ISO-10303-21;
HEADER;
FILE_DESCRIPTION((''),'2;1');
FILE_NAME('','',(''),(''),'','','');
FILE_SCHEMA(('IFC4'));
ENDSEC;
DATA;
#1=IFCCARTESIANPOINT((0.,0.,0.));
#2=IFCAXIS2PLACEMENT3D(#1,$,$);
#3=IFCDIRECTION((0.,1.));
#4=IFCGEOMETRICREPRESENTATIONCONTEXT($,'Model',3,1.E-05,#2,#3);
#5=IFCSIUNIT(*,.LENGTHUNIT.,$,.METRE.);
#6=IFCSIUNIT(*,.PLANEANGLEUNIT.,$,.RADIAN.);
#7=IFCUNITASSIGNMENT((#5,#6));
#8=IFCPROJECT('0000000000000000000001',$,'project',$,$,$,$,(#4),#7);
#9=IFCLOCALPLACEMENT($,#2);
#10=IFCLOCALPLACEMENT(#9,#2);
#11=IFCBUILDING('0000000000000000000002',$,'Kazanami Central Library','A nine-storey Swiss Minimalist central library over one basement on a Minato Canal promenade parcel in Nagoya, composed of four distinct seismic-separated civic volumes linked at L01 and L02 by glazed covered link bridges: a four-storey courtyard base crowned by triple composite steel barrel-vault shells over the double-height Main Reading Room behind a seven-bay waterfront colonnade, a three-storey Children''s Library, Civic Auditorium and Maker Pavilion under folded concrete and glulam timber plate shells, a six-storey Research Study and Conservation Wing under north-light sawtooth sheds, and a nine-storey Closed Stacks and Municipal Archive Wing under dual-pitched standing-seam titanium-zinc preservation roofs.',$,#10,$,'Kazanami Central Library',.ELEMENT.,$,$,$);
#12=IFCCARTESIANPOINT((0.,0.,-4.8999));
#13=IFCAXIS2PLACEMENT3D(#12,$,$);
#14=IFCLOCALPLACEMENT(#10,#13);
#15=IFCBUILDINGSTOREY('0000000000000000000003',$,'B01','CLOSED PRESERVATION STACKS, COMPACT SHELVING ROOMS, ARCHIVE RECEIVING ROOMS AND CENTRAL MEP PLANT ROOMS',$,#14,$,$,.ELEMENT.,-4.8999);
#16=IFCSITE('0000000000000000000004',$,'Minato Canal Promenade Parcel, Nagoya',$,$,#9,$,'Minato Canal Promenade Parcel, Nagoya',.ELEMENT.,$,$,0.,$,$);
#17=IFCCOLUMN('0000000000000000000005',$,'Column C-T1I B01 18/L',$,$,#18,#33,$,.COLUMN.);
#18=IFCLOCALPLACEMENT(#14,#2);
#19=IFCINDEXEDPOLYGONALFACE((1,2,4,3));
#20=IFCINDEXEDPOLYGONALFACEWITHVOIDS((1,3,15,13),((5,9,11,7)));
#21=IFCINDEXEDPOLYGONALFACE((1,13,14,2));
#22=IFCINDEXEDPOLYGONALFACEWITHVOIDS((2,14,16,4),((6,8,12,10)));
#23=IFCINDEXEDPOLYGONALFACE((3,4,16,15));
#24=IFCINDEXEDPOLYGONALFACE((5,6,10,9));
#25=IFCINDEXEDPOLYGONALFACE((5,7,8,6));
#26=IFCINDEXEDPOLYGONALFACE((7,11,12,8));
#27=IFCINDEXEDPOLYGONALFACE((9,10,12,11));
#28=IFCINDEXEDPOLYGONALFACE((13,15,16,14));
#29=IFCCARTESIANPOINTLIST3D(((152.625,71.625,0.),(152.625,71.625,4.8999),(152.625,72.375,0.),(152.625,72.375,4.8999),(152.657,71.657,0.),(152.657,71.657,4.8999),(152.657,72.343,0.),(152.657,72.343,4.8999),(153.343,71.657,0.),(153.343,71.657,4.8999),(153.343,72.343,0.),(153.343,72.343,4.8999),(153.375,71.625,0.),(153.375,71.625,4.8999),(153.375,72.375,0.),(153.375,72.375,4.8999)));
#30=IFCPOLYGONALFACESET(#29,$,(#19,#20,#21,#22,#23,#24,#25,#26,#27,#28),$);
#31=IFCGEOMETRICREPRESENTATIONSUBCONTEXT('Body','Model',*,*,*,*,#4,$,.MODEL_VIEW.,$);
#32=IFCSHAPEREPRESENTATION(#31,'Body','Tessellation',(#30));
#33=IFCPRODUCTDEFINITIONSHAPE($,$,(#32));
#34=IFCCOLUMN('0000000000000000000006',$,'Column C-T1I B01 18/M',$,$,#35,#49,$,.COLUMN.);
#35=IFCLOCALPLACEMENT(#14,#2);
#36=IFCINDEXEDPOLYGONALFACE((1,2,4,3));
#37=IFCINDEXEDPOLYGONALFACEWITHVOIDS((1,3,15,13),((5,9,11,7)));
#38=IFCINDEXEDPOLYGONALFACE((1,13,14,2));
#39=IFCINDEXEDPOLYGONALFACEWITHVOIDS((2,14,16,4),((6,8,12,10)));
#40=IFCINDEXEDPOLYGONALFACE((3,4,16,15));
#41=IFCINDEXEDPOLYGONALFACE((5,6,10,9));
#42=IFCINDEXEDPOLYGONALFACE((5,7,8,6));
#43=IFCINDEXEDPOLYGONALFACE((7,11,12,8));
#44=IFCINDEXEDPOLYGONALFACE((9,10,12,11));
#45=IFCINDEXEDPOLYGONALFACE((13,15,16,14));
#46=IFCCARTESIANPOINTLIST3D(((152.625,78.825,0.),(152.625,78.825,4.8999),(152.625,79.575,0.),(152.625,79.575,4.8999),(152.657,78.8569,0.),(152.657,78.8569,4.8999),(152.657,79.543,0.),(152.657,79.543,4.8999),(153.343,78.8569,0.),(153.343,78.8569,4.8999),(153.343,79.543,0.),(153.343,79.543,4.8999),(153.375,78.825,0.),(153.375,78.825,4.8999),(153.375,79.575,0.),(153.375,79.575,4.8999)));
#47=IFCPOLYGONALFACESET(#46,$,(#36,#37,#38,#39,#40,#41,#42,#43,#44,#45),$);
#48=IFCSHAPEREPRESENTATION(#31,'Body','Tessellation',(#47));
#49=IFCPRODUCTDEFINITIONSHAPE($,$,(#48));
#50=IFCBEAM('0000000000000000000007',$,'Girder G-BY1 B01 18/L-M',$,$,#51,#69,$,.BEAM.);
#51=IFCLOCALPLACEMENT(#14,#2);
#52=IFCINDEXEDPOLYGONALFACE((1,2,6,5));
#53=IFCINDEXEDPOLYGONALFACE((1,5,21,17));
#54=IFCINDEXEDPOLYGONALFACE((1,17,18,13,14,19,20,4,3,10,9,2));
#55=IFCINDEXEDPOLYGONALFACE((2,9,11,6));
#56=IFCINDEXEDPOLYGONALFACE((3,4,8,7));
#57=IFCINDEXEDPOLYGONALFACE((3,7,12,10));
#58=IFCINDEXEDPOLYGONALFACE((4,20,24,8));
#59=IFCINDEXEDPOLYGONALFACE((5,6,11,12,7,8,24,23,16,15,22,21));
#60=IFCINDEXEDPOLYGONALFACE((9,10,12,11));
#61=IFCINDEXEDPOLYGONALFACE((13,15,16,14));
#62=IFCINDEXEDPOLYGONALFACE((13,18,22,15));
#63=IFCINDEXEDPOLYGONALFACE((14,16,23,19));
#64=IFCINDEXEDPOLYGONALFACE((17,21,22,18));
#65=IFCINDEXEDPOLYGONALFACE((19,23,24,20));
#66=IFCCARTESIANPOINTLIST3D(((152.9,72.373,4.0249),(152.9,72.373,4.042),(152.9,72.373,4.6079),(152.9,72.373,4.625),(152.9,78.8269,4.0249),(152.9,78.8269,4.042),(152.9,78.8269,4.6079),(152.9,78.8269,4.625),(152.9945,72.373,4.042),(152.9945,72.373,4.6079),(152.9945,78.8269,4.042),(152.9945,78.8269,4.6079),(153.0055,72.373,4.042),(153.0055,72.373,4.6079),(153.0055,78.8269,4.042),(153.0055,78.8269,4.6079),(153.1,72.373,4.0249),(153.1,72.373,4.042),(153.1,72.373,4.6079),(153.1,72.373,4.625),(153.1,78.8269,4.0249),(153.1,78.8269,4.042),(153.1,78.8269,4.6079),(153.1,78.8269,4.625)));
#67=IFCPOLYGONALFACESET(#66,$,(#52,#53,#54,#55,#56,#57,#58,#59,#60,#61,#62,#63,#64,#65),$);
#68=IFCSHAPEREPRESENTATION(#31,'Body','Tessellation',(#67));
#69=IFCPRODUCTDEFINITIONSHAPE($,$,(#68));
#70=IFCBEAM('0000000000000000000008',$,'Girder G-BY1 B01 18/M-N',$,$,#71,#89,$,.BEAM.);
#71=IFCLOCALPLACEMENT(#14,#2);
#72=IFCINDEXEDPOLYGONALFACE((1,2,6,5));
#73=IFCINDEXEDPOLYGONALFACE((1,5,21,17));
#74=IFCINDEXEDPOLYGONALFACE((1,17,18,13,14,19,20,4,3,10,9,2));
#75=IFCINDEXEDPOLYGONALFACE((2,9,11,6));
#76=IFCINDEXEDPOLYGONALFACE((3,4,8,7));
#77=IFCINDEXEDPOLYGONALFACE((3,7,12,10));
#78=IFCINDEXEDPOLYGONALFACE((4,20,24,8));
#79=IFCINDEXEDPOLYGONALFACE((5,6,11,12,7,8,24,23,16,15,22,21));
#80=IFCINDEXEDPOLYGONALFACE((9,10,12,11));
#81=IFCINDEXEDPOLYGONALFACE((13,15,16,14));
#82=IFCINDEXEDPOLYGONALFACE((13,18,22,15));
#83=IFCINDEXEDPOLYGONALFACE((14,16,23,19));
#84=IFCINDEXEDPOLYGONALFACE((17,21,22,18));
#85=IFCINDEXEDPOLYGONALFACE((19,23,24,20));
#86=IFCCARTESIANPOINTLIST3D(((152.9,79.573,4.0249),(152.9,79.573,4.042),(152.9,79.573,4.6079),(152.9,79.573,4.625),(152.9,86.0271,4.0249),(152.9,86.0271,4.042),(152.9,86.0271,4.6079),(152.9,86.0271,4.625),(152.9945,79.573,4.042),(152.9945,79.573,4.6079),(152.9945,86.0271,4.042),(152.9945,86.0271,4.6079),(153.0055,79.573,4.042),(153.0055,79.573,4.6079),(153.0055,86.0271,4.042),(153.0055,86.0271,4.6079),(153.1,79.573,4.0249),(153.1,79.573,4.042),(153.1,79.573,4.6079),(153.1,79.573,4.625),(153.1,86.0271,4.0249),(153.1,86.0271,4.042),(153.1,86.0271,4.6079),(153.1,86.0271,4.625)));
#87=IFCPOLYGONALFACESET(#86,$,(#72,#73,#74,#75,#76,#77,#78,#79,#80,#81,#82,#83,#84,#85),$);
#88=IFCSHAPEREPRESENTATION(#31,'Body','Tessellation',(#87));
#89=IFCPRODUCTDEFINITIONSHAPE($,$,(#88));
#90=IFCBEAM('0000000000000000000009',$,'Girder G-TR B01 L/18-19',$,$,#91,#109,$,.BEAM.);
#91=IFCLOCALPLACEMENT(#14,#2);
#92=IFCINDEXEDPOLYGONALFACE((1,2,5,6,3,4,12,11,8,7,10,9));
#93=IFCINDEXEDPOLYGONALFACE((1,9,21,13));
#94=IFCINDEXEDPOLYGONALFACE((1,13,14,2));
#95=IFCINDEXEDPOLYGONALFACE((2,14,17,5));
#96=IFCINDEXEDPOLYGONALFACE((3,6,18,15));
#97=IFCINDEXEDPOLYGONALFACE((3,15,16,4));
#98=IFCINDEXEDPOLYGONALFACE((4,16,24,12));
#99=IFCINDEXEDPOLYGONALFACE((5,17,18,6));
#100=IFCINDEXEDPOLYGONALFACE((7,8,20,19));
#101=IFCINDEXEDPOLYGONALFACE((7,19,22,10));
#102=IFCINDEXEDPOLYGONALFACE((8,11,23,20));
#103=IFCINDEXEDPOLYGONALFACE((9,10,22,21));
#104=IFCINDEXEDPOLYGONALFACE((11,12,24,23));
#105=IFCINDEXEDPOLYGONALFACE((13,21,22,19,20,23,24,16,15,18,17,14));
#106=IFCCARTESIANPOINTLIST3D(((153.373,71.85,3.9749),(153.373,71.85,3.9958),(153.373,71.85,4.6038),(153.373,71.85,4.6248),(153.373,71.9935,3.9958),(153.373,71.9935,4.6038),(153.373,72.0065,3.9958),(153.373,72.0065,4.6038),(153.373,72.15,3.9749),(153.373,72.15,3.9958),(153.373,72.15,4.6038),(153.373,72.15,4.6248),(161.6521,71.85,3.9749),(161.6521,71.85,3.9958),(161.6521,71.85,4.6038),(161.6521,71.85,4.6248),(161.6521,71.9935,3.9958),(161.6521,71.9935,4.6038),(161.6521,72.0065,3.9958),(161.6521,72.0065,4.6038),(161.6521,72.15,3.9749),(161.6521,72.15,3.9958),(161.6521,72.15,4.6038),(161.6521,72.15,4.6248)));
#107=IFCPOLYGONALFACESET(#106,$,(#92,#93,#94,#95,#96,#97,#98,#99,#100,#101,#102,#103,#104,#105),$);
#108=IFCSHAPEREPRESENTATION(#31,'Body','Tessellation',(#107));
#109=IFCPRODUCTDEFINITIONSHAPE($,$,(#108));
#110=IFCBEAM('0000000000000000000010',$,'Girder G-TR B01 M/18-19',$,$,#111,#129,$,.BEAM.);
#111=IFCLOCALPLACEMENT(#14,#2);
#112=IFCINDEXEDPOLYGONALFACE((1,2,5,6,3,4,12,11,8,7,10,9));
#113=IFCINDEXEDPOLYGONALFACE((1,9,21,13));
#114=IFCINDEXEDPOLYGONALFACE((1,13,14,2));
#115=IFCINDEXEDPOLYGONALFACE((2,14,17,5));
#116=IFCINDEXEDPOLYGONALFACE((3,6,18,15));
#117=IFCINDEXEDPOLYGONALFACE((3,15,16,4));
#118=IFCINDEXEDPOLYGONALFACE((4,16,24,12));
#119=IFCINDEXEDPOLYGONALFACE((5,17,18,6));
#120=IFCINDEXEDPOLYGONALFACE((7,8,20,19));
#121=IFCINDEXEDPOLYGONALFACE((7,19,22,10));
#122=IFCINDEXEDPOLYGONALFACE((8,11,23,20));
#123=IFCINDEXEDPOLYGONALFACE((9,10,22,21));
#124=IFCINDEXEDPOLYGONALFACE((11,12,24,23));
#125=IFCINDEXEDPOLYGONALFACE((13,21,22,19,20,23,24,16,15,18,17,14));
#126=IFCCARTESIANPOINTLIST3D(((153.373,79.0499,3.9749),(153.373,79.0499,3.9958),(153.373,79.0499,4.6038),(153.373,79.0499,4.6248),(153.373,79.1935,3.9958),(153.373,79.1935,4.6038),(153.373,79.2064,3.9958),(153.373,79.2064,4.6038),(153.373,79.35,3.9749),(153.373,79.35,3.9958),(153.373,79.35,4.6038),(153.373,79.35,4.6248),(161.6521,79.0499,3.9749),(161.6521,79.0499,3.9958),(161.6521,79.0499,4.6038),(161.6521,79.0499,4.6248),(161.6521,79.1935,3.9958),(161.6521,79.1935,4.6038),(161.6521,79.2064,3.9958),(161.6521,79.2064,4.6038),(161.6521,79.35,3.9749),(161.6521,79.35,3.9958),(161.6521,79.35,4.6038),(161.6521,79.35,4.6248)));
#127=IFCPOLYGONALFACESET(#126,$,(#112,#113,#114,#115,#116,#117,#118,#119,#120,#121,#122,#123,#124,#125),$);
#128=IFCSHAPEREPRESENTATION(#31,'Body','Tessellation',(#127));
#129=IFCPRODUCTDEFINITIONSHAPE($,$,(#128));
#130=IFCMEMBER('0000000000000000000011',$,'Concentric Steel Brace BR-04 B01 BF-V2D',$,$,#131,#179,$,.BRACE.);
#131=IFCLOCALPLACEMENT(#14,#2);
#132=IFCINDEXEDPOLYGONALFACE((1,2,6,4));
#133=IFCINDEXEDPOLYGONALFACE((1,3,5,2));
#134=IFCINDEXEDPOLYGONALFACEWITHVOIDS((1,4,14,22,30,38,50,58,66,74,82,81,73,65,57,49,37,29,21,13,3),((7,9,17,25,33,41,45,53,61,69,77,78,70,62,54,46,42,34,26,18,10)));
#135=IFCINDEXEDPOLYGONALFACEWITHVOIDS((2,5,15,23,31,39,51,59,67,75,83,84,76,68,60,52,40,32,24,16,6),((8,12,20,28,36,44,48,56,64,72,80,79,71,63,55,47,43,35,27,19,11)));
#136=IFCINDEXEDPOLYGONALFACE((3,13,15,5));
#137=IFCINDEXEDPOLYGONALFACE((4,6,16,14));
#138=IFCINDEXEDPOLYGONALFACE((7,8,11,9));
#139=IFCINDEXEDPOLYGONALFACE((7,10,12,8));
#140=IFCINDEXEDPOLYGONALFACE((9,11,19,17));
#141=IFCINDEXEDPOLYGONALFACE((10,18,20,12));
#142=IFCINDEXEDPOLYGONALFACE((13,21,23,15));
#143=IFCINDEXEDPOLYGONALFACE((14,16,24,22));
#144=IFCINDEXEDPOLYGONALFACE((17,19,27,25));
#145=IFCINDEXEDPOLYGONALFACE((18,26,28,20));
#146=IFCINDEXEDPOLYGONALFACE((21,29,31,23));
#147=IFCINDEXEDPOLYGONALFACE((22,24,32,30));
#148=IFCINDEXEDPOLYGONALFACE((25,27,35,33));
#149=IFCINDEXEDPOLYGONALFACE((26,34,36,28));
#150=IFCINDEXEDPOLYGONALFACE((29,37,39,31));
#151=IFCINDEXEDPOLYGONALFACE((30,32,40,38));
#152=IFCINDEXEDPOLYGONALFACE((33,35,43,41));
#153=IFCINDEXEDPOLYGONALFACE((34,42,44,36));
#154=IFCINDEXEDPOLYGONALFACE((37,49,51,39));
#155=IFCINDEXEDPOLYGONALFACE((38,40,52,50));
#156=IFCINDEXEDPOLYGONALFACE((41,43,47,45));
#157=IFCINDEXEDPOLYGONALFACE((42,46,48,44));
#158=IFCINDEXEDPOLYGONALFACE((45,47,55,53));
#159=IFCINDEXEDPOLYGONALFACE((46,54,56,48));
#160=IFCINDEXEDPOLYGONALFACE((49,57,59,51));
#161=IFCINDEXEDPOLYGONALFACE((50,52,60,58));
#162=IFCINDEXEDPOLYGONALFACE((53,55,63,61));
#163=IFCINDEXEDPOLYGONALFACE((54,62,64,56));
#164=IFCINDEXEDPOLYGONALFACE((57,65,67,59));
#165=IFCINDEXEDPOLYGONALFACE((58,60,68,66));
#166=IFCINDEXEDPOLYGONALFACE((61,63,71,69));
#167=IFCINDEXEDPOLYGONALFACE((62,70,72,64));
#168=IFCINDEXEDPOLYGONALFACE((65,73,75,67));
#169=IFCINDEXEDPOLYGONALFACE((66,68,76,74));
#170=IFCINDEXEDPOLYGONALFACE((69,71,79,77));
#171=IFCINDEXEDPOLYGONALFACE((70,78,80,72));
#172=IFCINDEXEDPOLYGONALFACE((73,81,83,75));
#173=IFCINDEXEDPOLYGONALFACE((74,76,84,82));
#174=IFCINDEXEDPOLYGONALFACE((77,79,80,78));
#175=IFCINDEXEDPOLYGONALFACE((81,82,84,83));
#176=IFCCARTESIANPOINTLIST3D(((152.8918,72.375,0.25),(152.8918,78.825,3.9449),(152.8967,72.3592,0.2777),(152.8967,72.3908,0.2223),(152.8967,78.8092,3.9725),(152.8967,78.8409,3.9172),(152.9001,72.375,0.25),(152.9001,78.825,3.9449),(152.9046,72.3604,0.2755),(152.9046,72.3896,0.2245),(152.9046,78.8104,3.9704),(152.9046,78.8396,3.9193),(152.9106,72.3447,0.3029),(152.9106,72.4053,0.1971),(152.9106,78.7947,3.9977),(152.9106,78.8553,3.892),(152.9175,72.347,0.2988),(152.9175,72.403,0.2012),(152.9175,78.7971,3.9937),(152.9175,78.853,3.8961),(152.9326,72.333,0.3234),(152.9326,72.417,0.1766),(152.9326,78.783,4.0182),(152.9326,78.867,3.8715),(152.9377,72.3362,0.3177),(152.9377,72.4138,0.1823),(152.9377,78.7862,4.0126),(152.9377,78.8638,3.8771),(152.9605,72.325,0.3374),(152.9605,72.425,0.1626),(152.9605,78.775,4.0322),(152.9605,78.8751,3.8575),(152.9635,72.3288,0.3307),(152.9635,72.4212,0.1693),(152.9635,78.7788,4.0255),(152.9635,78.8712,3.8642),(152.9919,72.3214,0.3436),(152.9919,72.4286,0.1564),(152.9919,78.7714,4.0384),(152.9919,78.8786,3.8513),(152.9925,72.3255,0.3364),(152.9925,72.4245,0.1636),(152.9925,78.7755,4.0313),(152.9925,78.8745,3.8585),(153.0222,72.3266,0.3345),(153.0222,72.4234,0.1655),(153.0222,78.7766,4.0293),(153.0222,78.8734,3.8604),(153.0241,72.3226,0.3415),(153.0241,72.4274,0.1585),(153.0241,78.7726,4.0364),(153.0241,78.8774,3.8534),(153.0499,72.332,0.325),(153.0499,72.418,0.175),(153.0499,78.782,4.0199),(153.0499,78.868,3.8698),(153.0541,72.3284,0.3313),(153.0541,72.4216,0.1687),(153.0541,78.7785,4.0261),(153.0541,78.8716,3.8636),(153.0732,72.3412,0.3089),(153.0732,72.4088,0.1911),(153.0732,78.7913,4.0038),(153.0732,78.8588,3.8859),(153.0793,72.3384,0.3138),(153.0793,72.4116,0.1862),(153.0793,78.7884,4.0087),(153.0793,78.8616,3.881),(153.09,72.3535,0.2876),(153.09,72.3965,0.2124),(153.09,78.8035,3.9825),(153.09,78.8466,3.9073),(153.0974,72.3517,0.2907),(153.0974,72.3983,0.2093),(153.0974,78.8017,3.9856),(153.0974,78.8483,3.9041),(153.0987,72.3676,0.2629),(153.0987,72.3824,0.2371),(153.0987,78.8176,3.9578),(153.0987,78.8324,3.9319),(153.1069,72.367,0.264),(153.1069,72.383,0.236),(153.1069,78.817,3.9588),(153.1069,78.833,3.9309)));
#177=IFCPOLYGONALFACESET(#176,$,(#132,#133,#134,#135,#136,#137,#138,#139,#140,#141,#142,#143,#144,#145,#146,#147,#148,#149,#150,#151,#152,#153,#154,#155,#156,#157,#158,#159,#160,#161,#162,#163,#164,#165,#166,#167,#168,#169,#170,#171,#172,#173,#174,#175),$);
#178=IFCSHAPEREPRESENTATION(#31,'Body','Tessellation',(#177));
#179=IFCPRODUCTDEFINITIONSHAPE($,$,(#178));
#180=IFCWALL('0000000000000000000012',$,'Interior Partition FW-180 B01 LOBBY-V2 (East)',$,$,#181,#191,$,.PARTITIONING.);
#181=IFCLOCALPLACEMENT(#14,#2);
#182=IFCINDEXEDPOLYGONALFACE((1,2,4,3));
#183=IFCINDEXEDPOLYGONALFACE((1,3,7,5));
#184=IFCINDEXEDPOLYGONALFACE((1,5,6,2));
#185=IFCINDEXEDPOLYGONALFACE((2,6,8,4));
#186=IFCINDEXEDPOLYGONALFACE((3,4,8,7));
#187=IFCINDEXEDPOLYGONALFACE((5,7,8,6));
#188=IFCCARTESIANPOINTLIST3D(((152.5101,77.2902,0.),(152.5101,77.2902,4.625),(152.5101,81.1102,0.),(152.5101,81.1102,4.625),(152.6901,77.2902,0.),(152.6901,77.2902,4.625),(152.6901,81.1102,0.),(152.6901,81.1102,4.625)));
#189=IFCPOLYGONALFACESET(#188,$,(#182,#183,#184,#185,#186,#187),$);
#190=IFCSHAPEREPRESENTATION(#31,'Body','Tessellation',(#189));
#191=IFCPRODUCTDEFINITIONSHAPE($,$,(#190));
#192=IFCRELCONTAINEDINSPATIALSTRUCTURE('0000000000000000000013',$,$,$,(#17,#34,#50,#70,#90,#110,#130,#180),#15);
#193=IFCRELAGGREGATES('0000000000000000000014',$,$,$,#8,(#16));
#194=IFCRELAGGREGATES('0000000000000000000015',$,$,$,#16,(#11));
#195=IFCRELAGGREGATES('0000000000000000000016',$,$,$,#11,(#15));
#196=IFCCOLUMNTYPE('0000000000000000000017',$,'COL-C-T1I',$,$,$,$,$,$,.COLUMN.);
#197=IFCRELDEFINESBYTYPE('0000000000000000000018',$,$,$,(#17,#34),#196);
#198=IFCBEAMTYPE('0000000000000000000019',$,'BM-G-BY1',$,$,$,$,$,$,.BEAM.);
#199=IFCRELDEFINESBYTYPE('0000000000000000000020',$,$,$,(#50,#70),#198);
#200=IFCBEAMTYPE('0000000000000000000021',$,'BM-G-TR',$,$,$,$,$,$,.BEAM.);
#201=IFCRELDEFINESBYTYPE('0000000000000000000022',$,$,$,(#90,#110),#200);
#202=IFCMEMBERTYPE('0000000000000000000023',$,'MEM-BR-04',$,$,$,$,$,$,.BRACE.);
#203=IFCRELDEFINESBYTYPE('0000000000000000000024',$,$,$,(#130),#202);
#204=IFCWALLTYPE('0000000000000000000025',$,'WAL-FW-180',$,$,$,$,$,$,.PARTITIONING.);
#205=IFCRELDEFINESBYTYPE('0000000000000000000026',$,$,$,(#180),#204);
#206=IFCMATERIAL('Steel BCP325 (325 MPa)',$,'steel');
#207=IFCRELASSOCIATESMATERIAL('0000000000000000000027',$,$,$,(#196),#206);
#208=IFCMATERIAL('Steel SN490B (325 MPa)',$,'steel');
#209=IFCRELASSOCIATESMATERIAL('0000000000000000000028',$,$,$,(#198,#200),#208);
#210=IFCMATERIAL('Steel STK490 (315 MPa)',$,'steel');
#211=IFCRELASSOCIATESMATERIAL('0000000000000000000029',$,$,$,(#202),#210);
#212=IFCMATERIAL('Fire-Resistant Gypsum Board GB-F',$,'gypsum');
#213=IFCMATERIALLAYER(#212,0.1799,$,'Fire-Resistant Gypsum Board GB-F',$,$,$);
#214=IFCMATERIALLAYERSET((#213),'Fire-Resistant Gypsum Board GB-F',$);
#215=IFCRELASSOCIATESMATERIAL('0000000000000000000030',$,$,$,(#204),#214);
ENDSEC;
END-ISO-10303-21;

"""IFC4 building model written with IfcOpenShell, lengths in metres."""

from ifc_helpers import new_model, si_unit, direction, frame, frame_2d, origin, origin_2d, place, context, subcontext, project, spatial, rectangle, hollow_rectangle, hollow_circle, i_section, extrude, material, layer, layer_set, material_profile, profile_set, type_object, element, save


model = new_model("IFC4")

# Units and contexts
model_context = context("Model", 3, precision=1e-05, world=origin(), true_north=direction((0.0, 1.0)))
body_context = subcontext(model_context, "Body", "Model", "MODEL_VIEW")
ifc_project = project(units=[si_unit("LENGTHUNIT", "METRE"), si_unit("PLANEANGLEUNIT", "RADIAN")], contexts=[model_context])

# Site, building, storey
site_placement = place(None, origin())
site = spatial("IfcSite", under=ifc_project, at=site_placement, Name="Minato Canal Promenade Parcel, Nagoya", LongName="Minato Canal Promenade Parcel, Nagoya", CompositionType="ELEMENT", RefElevation=0.0)
building_placement = place(site_placement, origin())
building = spatial("IfcBuilding", under=site, at=building_placement, Name="Kazanami Central Library", Description="A nine-storey Swiss Minimalist central library over one basement on a Minato Canal promenade parcel in Nagoya, composed of four distinct seismic-separated civic volumes linked at L01 and L02 by glazed covered link bridges: a four-storey courtyard base crowned by triple composite steel barrel-vault shells over the double-height Main Reading Room behind a seven-bay waterfront colonnade, a three-storey Children's Library, Civic Auditorium and Maker Pavilion under folded concrete and glulam timber plate shells, a six-storey Research Study and Conservation Wing under north-light sawtooth sheds, and a nine-storey Closed Stacks and Municipal Archive Wing under dual-pitched standing-seam titanium-zinc preservation roofs.", LongName="Kazanami Central Library", CompositionType="ELEMENT")
storey_placement = place(building_placement, frame((0.0, 0.0, -4.8999)))
storey = spatial("IfcBuildingStorey", under=building, at=storey_placement, Name="B01", Description="CLOSED PRESERVATION STACKS, COMPACT SHELVING ROOMS, ARCHIVE RECEIVING ROOMS AND CENTRAL MEP PLANT ROOMS", CompositionType="ELEMENT", Elevation=-4.8999)

# Columns
ifc_material_1 = material(Name="Steel BCP325 (325 MPa)", Category="steel")
ifc_material_profile_1 = material_profile(ifc_material_1, hollow_rectangle(XDim=0.75, YDim=0.75, WallThickness=0.032, at=origin_2d()), Name="BCP-750x750x32")
ifc_profile_set_1 = profile_set([ifc_material_profile_1], Name="Steel BCP325 (325 MPa)")
column_type = type_object("IfcColumnType", Name="COL-C-T1I", PredefinedType="COLUMN", material=ifc_profile_set_1)
for number, where, z_axis, x_axis, name in (
    (1, (153.0, 72.0, 0.0), (0.0, 0.0, 1.0), (1.0, 0.0, 0.0), "Column C-T1I B01 18/L"),
    (2, (153.0, 79.2, 0.0), (0.0, 0.0, 1.0), (1.0, 0.0, 0.0), "Column C-T1I B01 18/M"),
):
    element("IfcColumn", number, at=place(storey_placement, frame(where, z_axis=z_axis, x_axis=x_axis)), inside=storey, type_object=column_type, Name=name, PredefinedType="COLUMN", context=body_context, shape_type="SweptSolid", body=[
        extrude(hollow_rectangle(XDim=0.75, YDim=0.75, WallThickness=0.032, at=origin_2d()), origin(), (0.0, 0.0, 1.0), 4.8999),
    ])

# Beams
ifc_material_2 = material(Name="Steel SN490B (325 MPa)", Category="steel")
ifc_material_profile_2 = material_profile(ifc_material_2, i_section(OverallWidth=0.2, OverallDepth=0.6001, WebThickness=0.011, FlangeThickness=0.0171, at=origin_2d()), Name="H-600x200x11x17")
ifc_profile_set_2 = profile_set([ifc_material_profile_2], Name="Steel SN490B (325 MPa)")
beam_type_1 = type_object("IfcBeamType", Name="BM-G-BY1", PredefinedType="BEAM", material=ifc_profile_set_2)
beam_1_placement = place(storey_placement, frame((153.0, 72.373, 4.325), z_axis=(0.0, 1.0, 0.0), x_axis=(-1.0, 0.0, 0.0)))
element("IfcBeam", 3, at=beam_1_placement, inside=storey, type_object=beam_type_1, Name="Girder G-BY1 B01 18/L-M", PredefinedType="BEAM", context=body_context, shape_type="SweptSolid", body=[
    extrude(i_section(OverallWidth=0.2, OverallDepth=0.6001, WebThickness=0.011, FlangeThickness=0.0171, at=origin_2d()), origin(), (0.0, 0.0, 1.0), 6.4539),
])
beam_2_placement = place(storey_placement, frame((153.0, 79.573, 4.325), z_axis=(0.0, 1.0, 0.0), x_axis=(-1.0, 0.0, 0.0)))
element("IfcBeam", 4, at=beam_2_placement, inside=storey, type_object=beam_type_1, Name="Girder G-BY1 B01 18/M-N", PredefinedType="BEAM", context=body_context, shape_type="SweptSolid", body=[
    extrude(i_section(OverallWidth=0.2, OverallDepth=0.6001, WebThickness=0.011, FlangeThickness=0.0171, at=origin_2d()), origin(), (0.0, 0.0, 1.0), 6.4541),
])
ifc_material_profile_3 = material_profile(ifc_material_2, i_section(OverallWidth=0.3, OverallDepth=0.6499, WebThickness=0.0129, FlangeThickness=0.021, at=origin_2d()), Name="H-650x300x13x21")
ifc_profile_set_3 = profile_set([ifc_material_profile_3], Name="Steel SN490B (325 MPa)")
beam_type_2 = type_object("IfcBeamType", Name="BM-G-TR", PredefinedType="BEAM", material=ifc_profile_set_3)
for number, where, z_axis, x_axis, name in (
    (5, (153.373, 72.0, 4.2998), (1.0, 0.0, 0.0), (0.0, 1.0, 0.0), "Girder G-TR B01 L/18-19"),
    (6, (153.373, 79.2, 4.2998), (1.0, 0.0, 0.0), (0.0, 1.0, 0.0), "Girder G-TR B01 M/18-19"),
):
    element("IfcBeam", number, at=place(storey_placement, frame(where, z_axis=z_axis, x_axis=x_axis)), inside=storey, type_object=beam_type_2, Name=name, PredefinedType="BEAM", context=body_context, shape_type="SweptSolid", body=[
        extrude(i_section(OverallWidth=0.3, OverallDepth=0.6499, WebThickness=0.0129, FlangeThickness=0.021, at=origin_2d()), origin(), (0.0, 0.0, 1.0), 8.2791),
    ])

# Member
ifc_material_3 = material(Name="Steel STK490 (315 MPa)", Category="steel")
ifc_material_profile_4 = material_profile(ifc_material_3, hollow_circle(Radius=0.1082, WallThickness=0.0083, at=origin_2d()), Name="CHS-216.3x8.2")
ifc_profile_set_4 = profile_set([ifc_material_profile_4], Name="Steel STK490 (315 MPa)")
member_type = type_object("IfcMemberType", Name="MEM-BR-04", PredefinedType="BRACE", material=ifc_profile_set_4)
member_placement = place(storey_placement, frame((153.0, 72.375, 0.25), z_axis=(0.0, 0.867713, 0.497065), x_axis=(-1.0, 0.0, 0.0)))
element("IfcMember", 7, at=member_placement, inside=storey, type_object=member_type, Name="Concentric Steel Brace BR-04 B01 BF-V2D", PredefinedType="BRACE", context=body_context, shape_type="SweptSolid", body=[
    extrude(hollow_circle(Radius=0.1082, WallThickness=0.0083, at=origin_2d()), origin(), (0.0, 0.0, 1.0), 7.4333),
])

# Wall
ifc_material_4 = material(Name="Fire-Resistant Gypsum Board GB-F", Category="gypsum")
ifc_layer_1 = layer(ifc_material_4, 0.1799, Name="Fire-Resistant Gypsum Board GB-F")
ifc_layer_set_1 = layer_set([ifc_layer_1], Name="Fire-Resistant Gypsum Board GB-F")
wall_type_1 = type_object("IfcWallType", Name="WAL-FW-180", PredefinedType="PARTITIONING", material=ifc_layer_set_1)
wall_1_placement = place(storey_placement, frame((152.6001, 77.29, 0.0), z_axis=(0.0, 0.0, 1.0), x_axis=(0.0, 1.0, 0.0)))
element("IfcWall", 8, at=wall_1_placement, inside=storey, type_object=wall_type_1, Name="Interior Partition FW-180 B01 LOBBY-V2 (East)", PredefinedType="PARTITIONING", context=body_context, shape_type="SweptSolid", body=[
    extrude(rectangle(XDim=3.8201, YDim=0.1799, at=frame_2d((1.9102, 0.0))), origin(), (0.0, 0.0, 1.0), 4.625),
])

save(model, "model.ifc")
